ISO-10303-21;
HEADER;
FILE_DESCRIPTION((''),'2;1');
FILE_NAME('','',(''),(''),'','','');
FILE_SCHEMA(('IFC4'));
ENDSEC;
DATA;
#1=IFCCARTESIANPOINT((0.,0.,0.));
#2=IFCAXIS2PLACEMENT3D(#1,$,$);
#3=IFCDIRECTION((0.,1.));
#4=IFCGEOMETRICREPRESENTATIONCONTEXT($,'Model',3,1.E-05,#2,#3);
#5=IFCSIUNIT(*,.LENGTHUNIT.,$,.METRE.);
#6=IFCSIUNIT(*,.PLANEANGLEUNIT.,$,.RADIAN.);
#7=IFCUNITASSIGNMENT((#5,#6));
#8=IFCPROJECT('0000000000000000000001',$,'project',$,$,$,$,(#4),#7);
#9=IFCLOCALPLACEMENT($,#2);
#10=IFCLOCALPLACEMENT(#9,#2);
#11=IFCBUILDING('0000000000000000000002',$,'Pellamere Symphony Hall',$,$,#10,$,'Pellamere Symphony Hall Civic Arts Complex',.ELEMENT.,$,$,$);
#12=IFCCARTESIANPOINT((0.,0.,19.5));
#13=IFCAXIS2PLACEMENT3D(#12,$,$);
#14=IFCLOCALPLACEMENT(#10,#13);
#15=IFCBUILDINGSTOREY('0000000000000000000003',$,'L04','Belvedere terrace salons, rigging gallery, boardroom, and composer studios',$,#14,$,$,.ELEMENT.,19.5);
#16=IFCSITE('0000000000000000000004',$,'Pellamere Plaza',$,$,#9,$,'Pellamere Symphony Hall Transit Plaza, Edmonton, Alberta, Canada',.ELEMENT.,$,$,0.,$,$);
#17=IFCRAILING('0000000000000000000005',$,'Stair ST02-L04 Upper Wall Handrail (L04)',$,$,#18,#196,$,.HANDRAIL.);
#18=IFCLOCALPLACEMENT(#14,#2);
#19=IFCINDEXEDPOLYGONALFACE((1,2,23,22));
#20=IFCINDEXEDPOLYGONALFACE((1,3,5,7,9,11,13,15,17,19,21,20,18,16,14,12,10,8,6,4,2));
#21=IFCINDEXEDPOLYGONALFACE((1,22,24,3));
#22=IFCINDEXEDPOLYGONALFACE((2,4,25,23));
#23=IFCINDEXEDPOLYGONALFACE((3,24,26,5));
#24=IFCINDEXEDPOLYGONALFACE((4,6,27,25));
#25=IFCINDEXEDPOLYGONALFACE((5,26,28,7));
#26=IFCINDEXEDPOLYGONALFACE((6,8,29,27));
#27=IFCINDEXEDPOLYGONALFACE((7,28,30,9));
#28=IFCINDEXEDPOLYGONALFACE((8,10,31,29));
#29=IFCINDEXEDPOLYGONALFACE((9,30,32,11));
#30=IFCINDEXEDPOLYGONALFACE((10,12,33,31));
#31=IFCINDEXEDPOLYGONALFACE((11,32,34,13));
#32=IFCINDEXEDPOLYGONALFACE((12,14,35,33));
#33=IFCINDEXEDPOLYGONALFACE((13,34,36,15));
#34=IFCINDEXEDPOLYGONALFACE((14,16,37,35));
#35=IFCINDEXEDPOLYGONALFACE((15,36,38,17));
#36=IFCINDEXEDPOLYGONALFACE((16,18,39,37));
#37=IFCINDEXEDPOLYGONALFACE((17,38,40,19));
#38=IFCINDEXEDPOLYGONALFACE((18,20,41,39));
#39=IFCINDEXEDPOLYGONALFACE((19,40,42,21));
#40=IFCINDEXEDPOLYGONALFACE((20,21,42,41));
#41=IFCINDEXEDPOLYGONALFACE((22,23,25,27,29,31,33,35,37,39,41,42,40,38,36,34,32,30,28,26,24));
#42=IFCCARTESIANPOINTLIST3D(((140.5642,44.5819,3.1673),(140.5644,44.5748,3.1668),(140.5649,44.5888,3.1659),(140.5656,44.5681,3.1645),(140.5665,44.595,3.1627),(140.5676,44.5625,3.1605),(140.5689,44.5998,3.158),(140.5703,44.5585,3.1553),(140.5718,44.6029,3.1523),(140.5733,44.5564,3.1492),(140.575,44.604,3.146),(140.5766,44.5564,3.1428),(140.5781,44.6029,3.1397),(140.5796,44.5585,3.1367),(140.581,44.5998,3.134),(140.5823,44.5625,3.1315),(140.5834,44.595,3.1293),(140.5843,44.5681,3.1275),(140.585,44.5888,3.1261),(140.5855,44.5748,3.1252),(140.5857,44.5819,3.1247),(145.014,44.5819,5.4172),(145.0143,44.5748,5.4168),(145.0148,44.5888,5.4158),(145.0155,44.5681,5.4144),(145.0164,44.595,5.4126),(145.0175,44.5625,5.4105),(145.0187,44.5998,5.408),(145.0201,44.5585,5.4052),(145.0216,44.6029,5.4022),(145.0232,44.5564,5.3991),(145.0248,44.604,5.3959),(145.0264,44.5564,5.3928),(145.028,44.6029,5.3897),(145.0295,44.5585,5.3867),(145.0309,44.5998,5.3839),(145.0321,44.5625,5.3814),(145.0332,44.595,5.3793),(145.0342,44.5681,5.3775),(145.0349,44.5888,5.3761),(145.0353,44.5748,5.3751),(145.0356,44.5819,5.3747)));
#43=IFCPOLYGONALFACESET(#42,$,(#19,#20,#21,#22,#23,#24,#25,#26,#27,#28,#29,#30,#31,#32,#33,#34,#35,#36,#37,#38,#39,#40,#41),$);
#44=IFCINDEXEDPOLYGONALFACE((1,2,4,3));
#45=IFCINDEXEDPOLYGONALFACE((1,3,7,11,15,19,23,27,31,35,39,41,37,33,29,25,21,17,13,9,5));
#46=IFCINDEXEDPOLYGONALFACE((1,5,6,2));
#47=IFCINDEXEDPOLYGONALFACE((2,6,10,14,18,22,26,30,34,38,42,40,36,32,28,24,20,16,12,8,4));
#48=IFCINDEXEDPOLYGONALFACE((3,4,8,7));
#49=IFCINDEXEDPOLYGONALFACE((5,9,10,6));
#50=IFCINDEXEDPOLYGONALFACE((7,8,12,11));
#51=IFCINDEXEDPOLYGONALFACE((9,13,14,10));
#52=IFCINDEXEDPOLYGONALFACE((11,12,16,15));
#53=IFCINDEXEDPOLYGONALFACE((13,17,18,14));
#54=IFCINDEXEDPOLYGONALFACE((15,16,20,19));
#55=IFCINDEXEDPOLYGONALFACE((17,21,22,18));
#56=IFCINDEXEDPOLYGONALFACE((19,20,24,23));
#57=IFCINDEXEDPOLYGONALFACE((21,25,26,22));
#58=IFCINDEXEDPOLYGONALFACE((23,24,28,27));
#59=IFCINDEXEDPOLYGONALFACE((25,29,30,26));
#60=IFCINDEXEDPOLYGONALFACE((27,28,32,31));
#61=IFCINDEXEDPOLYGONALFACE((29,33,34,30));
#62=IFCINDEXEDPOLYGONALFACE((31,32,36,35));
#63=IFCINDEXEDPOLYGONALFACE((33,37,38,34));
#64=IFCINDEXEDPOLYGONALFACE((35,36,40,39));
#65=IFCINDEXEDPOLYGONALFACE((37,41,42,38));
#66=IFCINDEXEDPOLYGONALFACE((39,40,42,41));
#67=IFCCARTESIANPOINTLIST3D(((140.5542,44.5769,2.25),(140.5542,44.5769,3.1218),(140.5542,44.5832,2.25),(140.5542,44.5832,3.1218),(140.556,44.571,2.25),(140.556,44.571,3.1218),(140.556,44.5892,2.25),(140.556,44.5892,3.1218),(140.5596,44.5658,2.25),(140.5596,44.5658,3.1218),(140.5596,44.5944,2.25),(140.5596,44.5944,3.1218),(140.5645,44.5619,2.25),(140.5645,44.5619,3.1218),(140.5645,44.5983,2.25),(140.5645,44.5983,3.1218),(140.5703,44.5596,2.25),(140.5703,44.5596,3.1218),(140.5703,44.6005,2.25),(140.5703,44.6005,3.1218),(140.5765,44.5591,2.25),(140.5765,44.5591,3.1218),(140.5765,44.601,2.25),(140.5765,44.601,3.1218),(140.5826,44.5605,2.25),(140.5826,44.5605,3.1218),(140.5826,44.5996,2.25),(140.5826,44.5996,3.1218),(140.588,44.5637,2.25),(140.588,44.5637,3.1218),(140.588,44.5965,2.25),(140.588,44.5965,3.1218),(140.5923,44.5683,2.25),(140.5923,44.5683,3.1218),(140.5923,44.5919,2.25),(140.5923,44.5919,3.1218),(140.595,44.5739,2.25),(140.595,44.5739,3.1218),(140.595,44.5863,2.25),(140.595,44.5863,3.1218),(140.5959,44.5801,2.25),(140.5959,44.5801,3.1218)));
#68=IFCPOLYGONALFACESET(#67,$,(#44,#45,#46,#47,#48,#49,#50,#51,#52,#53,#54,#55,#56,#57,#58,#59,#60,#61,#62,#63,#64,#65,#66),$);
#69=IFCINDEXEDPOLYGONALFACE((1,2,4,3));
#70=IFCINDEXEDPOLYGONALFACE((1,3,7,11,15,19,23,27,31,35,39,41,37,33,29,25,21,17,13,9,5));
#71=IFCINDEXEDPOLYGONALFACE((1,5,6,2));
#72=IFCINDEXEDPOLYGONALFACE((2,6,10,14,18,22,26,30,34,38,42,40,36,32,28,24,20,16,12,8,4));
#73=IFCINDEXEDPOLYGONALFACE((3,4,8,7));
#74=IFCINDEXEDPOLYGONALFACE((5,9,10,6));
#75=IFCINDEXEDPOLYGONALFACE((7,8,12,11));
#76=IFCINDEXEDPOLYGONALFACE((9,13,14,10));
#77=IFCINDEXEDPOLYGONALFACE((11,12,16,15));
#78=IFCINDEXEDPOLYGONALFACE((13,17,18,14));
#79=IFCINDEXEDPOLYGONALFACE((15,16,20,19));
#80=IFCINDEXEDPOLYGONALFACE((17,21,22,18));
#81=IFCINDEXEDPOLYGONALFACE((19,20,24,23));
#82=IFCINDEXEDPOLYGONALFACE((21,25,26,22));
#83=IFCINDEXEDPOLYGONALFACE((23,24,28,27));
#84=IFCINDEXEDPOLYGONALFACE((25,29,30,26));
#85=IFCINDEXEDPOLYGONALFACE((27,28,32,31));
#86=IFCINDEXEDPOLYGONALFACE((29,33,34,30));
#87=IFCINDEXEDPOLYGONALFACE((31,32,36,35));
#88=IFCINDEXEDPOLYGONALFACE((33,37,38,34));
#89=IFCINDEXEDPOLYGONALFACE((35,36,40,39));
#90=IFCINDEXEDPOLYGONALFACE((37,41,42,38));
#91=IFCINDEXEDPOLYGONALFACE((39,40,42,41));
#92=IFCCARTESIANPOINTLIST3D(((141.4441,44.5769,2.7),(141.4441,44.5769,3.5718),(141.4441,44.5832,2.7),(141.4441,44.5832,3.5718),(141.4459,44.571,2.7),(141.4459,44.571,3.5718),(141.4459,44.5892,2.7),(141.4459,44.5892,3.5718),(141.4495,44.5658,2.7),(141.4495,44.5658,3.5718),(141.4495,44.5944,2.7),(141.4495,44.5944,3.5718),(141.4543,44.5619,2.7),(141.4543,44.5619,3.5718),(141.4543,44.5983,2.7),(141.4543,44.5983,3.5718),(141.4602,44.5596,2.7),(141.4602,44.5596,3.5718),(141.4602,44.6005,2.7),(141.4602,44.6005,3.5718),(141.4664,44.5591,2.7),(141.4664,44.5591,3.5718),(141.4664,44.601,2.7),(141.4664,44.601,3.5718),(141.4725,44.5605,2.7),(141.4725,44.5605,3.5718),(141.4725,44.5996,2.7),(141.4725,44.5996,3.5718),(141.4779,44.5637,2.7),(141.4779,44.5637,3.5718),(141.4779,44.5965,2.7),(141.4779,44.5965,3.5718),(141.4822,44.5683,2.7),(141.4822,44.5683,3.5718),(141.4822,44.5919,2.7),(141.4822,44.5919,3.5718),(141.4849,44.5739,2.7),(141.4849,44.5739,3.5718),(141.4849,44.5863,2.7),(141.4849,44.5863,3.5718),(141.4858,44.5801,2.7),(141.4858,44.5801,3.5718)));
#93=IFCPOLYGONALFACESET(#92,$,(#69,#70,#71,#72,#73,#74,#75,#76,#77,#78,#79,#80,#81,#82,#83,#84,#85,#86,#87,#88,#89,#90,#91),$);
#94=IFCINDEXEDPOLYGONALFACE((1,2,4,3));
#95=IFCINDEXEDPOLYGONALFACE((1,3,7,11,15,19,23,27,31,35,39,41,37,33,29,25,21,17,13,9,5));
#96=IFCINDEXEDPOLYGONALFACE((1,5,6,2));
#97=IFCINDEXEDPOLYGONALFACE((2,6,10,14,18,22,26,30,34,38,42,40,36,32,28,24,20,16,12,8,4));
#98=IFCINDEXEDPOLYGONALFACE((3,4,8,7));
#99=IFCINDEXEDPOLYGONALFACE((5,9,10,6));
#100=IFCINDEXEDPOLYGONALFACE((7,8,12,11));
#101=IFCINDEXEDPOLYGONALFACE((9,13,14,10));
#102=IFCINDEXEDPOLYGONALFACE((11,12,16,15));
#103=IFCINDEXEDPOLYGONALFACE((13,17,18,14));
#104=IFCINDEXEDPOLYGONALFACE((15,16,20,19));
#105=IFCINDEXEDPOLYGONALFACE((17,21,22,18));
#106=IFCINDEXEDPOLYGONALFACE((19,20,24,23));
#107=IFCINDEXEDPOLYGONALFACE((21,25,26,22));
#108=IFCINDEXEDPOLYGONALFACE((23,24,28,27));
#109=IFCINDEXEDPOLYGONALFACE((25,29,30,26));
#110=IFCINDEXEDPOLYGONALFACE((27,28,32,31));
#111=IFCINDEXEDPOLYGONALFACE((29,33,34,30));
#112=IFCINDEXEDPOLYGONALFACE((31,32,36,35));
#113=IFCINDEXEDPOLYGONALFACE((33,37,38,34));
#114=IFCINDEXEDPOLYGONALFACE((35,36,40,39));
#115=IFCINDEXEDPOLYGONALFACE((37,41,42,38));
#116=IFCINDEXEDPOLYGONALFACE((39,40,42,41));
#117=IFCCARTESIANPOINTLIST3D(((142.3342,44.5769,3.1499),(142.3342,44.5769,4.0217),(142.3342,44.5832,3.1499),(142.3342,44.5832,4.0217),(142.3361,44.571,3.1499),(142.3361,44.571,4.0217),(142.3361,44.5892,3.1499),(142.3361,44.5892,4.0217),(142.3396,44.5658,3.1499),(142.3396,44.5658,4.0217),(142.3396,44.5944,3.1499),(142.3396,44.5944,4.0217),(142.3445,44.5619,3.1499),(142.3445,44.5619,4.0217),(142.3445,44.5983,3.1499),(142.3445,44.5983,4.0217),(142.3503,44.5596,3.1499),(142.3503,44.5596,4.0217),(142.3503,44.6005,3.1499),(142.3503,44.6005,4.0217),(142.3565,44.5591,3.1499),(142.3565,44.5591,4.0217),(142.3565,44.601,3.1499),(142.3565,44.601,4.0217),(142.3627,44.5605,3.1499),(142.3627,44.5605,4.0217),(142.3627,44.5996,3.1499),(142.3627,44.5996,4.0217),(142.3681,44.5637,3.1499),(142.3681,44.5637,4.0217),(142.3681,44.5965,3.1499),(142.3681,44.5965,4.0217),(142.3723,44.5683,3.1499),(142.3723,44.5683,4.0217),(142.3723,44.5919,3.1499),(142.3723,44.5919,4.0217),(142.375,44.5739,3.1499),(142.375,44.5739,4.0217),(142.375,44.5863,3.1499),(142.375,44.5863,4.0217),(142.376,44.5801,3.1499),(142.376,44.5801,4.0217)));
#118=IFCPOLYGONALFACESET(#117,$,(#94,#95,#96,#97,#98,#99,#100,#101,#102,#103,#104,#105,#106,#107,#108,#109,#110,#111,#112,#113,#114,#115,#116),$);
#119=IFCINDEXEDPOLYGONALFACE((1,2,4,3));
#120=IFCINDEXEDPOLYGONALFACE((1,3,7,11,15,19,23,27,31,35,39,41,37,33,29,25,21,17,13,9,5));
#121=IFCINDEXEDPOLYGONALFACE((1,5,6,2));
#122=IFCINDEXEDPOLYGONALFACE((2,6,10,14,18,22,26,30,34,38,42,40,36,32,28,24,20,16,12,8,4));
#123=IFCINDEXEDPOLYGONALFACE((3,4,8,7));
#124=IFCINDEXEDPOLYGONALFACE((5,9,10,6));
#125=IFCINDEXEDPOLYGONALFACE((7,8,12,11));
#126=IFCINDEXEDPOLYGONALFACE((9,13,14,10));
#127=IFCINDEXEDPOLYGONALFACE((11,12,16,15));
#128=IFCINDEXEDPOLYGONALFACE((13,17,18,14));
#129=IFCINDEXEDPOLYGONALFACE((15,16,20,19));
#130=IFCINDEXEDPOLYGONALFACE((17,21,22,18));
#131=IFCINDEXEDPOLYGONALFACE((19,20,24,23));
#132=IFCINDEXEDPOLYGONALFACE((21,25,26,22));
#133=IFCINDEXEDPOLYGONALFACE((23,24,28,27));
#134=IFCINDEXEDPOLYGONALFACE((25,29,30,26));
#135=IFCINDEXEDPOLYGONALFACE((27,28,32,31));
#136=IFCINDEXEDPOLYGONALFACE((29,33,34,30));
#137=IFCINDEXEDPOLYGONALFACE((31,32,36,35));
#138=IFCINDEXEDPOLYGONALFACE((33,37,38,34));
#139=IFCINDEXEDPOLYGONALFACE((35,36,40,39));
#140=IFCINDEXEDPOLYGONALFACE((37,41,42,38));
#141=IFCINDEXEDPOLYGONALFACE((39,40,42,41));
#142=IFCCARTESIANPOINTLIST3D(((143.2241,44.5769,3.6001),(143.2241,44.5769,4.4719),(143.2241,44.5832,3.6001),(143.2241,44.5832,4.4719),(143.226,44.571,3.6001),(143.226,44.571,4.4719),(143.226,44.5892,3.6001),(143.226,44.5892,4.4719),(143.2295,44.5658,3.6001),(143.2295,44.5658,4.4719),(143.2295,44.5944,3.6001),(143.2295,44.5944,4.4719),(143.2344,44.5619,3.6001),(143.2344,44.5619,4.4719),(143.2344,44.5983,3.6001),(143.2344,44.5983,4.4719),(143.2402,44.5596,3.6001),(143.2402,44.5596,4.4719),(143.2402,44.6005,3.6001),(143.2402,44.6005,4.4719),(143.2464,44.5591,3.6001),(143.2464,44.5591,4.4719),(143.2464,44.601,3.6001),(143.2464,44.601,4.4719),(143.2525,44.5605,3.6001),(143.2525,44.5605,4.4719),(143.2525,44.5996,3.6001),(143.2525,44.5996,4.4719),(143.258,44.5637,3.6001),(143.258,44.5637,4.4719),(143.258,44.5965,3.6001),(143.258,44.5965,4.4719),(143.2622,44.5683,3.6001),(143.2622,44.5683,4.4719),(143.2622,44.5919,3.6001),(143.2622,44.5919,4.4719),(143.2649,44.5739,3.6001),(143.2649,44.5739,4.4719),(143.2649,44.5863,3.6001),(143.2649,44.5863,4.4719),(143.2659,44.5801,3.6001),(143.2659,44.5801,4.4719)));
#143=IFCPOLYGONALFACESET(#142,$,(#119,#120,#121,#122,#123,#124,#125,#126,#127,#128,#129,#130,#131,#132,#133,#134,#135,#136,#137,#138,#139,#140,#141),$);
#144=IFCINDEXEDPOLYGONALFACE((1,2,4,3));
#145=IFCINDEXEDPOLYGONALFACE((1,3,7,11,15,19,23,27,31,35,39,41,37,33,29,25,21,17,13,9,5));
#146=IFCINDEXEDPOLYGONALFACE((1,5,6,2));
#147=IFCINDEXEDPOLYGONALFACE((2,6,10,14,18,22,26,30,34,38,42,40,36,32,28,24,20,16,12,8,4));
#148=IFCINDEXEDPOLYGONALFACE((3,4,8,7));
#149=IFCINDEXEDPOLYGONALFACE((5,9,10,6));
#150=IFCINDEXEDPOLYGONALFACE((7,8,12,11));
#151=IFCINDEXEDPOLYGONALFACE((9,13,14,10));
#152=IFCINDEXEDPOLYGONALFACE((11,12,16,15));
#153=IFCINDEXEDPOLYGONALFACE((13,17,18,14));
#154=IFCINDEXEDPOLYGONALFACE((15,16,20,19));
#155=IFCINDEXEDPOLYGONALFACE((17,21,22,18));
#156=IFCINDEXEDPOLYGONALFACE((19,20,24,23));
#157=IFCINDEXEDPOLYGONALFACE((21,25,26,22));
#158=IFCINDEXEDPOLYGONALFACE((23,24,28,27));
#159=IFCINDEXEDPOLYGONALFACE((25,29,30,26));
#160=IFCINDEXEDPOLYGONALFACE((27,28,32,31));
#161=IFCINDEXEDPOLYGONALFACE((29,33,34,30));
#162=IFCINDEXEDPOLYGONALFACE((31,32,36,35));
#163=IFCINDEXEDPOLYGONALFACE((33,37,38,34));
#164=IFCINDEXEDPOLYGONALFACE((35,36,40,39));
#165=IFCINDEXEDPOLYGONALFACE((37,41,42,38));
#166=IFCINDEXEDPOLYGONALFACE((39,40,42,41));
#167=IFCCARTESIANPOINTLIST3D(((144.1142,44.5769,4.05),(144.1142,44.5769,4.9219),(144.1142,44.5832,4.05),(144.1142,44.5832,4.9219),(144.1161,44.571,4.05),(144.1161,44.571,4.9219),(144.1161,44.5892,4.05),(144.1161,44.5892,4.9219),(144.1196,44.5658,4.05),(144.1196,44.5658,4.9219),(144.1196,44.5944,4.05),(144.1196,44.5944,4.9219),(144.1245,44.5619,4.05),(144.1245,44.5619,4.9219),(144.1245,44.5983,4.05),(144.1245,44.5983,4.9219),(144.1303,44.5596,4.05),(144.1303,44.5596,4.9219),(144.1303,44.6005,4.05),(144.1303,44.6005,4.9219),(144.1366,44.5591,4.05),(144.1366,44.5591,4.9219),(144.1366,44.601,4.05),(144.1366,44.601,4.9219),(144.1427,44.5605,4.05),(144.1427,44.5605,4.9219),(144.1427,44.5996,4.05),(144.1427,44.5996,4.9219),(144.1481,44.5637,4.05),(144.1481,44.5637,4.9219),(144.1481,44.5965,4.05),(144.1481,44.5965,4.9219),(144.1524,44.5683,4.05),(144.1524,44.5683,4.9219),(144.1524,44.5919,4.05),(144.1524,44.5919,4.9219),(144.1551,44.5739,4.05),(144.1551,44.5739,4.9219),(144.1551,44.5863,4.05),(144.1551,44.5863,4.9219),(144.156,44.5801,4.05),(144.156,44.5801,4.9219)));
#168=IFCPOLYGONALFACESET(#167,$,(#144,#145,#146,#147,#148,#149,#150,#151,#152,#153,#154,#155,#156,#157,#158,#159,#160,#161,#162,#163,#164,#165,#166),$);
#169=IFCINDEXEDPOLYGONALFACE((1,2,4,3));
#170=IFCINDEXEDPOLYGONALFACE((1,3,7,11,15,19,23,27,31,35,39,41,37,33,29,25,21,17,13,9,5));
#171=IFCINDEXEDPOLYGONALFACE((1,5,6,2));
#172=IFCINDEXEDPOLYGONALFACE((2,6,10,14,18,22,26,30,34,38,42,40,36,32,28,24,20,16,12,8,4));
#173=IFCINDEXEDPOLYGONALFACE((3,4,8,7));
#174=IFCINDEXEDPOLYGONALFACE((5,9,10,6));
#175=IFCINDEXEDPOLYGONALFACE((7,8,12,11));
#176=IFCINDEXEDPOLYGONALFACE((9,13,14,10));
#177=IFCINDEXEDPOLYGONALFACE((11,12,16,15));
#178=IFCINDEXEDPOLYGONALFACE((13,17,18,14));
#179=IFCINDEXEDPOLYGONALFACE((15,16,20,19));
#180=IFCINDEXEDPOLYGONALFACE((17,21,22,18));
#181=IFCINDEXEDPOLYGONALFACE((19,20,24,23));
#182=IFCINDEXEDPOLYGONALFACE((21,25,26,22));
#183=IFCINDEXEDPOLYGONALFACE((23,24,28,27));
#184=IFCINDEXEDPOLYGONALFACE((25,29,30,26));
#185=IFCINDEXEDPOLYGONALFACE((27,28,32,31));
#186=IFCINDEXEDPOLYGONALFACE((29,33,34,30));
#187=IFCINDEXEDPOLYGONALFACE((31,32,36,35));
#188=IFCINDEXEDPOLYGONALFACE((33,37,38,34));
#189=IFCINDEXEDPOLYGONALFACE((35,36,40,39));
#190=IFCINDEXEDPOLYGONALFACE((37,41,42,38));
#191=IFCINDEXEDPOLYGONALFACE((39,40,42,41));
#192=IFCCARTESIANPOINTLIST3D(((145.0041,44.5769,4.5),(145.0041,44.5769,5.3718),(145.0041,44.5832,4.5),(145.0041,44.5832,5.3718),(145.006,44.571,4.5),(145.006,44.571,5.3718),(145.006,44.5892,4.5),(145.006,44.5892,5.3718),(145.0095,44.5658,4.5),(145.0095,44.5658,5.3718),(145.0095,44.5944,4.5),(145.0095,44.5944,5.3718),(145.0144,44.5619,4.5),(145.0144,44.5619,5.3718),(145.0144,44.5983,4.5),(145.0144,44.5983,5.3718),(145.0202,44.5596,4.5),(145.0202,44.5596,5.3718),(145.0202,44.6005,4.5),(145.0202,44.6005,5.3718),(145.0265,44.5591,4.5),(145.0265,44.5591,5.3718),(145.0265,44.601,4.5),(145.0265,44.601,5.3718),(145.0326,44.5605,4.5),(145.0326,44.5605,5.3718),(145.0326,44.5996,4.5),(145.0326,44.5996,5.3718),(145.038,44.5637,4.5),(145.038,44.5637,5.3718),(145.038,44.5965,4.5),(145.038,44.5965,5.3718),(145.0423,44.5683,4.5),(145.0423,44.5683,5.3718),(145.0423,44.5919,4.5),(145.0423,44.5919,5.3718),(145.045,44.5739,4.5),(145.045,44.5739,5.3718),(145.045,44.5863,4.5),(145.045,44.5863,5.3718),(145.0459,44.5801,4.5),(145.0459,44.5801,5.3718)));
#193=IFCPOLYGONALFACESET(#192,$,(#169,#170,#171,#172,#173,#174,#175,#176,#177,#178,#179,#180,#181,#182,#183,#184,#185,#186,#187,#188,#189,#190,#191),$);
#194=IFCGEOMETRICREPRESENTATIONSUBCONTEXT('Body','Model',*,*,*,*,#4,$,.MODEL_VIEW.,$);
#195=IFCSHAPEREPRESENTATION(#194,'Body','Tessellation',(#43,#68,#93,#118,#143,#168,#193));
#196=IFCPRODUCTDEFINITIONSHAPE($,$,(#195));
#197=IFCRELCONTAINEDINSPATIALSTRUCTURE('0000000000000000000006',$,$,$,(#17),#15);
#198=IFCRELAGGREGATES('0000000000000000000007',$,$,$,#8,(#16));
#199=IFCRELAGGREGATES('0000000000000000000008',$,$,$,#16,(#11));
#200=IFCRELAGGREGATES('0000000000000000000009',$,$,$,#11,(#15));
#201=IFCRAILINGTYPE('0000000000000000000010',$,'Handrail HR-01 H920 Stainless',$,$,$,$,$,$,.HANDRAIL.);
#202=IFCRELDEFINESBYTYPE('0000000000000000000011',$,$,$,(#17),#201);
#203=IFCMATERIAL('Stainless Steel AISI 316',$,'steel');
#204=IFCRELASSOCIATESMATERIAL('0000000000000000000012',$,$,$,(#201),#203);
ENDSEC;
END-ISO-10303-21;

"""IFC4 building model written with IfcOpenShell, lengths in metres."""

from ifc_helpers import new_model, si_unit, direction, frame, origin, origin_2d, place, context, subcontext, project, spatial, circle, extrude, material, type_object, element, save


model = new_model("IFC4")

# Units and contexts
model_context = context("Model", 3, precision=1e-05, world=origin(), true_north=direction((0.0, 1.0)))
body_context = subcontext(model_context, "Body", "Model", "MODEL_VIEW")
ifc_project = project(units=[si_unit("LENGTHUNIT", "METRE"), si_unit("PLANEANGLEUNIT", "RADIAN")], contexts=[model_context])

# Site, building, storey
site_placement = place(None, origin())
site = spatial("IfcSite", under=ifc_project, at=site_placement, Name="Pellamere Plaza", LongName="Pellamere Symphony Hall Transit Plaza, Edmonton, Alberta, Canada", CompositionType="ELEMENT", RefElevation=0.0)
building_placement = place(site_placement, origin())
building = spatial("IfcBuilding", under=site, at=building_placement, Name="Pellamere Symphony Hall", LongName="Pellamere Symphony Hall Civic Arts Complex", CompositionType="ELEMENT")
storey_placement = place(building_placement, frame((0.0, 0.0, 19.5)))
storey = spatial("IfcBuildingStorey", under=building, at=storey_placement, Name="L04", Description="Belvedere terrace salons, rigging gallery, boardroom, and composer studios", CompositionType="ELEMENT", Elevation=19.5)

# Railing
ifc_material_1 = material(Name="Stainless Steel AISI 316", Category="steel")
railing_type_1 = type_object("IfcRailingType", Name="Handrail HR-01 H920 Stainless", PredefinedType="HANDRAIL", material=ifc_material_1)
railing_1_placement = place(storey_placement, frame((140.575, 44.5801, 2.25)))
element("IfcRailing", 1, at=railing_1_placement, inside=storey, type_object=railing_type_1, Name="Stair ST02-L04 Upper Wall Handrail (L04)", PredefinedType="HANDRAIL", context=body_context, shape_type="SweptSolid", body=[
    extrude(circle(Radius=0.0239, at=origin_2d()), frame((0.0, 0.0, 0.896), z_axis=(0.892411, 0.0, 0.451224), x_axis=(0.0, 1.0, 0.0)), (0.0, 0.0, 1.0), 4.9863),
    extrude(circle(Radius=0.021, at=origin_2d()), origin(), (0.0, 0.0, 1.0), 0.8718),
    extrude(circle(Radius=0.021, at=origin_2d()), frame((0.8899, 0.0, 0.45)), (0.0, 0.0, 1.0), 0.8718),
    extrude(circle(Radius=0.021, at=origin_2d()), frame((1.78, 0.0, 0.8999)), (0.0, 0.0, 1.0), 0.8718),
    extrude(circle(Radius=0.021, at=origin_2d()), frame((2.6699, 0.0, 1.3501)), (0.0, 0.0, 1.0), 0.8718),
    extrude(circle(Radius=0.021, at=origin_2d()), frame((3.5601, 0.0, 1.8)), (0.0, 0.0, 1.0), 0.8718),
    extrude(circle(Radius=0.021, at=origin_2d()), frame((4.45, 0.0, 2.25)), (0.0, 0.0, 1.0), 0.8718),
])

save(model, "model.ifc")
